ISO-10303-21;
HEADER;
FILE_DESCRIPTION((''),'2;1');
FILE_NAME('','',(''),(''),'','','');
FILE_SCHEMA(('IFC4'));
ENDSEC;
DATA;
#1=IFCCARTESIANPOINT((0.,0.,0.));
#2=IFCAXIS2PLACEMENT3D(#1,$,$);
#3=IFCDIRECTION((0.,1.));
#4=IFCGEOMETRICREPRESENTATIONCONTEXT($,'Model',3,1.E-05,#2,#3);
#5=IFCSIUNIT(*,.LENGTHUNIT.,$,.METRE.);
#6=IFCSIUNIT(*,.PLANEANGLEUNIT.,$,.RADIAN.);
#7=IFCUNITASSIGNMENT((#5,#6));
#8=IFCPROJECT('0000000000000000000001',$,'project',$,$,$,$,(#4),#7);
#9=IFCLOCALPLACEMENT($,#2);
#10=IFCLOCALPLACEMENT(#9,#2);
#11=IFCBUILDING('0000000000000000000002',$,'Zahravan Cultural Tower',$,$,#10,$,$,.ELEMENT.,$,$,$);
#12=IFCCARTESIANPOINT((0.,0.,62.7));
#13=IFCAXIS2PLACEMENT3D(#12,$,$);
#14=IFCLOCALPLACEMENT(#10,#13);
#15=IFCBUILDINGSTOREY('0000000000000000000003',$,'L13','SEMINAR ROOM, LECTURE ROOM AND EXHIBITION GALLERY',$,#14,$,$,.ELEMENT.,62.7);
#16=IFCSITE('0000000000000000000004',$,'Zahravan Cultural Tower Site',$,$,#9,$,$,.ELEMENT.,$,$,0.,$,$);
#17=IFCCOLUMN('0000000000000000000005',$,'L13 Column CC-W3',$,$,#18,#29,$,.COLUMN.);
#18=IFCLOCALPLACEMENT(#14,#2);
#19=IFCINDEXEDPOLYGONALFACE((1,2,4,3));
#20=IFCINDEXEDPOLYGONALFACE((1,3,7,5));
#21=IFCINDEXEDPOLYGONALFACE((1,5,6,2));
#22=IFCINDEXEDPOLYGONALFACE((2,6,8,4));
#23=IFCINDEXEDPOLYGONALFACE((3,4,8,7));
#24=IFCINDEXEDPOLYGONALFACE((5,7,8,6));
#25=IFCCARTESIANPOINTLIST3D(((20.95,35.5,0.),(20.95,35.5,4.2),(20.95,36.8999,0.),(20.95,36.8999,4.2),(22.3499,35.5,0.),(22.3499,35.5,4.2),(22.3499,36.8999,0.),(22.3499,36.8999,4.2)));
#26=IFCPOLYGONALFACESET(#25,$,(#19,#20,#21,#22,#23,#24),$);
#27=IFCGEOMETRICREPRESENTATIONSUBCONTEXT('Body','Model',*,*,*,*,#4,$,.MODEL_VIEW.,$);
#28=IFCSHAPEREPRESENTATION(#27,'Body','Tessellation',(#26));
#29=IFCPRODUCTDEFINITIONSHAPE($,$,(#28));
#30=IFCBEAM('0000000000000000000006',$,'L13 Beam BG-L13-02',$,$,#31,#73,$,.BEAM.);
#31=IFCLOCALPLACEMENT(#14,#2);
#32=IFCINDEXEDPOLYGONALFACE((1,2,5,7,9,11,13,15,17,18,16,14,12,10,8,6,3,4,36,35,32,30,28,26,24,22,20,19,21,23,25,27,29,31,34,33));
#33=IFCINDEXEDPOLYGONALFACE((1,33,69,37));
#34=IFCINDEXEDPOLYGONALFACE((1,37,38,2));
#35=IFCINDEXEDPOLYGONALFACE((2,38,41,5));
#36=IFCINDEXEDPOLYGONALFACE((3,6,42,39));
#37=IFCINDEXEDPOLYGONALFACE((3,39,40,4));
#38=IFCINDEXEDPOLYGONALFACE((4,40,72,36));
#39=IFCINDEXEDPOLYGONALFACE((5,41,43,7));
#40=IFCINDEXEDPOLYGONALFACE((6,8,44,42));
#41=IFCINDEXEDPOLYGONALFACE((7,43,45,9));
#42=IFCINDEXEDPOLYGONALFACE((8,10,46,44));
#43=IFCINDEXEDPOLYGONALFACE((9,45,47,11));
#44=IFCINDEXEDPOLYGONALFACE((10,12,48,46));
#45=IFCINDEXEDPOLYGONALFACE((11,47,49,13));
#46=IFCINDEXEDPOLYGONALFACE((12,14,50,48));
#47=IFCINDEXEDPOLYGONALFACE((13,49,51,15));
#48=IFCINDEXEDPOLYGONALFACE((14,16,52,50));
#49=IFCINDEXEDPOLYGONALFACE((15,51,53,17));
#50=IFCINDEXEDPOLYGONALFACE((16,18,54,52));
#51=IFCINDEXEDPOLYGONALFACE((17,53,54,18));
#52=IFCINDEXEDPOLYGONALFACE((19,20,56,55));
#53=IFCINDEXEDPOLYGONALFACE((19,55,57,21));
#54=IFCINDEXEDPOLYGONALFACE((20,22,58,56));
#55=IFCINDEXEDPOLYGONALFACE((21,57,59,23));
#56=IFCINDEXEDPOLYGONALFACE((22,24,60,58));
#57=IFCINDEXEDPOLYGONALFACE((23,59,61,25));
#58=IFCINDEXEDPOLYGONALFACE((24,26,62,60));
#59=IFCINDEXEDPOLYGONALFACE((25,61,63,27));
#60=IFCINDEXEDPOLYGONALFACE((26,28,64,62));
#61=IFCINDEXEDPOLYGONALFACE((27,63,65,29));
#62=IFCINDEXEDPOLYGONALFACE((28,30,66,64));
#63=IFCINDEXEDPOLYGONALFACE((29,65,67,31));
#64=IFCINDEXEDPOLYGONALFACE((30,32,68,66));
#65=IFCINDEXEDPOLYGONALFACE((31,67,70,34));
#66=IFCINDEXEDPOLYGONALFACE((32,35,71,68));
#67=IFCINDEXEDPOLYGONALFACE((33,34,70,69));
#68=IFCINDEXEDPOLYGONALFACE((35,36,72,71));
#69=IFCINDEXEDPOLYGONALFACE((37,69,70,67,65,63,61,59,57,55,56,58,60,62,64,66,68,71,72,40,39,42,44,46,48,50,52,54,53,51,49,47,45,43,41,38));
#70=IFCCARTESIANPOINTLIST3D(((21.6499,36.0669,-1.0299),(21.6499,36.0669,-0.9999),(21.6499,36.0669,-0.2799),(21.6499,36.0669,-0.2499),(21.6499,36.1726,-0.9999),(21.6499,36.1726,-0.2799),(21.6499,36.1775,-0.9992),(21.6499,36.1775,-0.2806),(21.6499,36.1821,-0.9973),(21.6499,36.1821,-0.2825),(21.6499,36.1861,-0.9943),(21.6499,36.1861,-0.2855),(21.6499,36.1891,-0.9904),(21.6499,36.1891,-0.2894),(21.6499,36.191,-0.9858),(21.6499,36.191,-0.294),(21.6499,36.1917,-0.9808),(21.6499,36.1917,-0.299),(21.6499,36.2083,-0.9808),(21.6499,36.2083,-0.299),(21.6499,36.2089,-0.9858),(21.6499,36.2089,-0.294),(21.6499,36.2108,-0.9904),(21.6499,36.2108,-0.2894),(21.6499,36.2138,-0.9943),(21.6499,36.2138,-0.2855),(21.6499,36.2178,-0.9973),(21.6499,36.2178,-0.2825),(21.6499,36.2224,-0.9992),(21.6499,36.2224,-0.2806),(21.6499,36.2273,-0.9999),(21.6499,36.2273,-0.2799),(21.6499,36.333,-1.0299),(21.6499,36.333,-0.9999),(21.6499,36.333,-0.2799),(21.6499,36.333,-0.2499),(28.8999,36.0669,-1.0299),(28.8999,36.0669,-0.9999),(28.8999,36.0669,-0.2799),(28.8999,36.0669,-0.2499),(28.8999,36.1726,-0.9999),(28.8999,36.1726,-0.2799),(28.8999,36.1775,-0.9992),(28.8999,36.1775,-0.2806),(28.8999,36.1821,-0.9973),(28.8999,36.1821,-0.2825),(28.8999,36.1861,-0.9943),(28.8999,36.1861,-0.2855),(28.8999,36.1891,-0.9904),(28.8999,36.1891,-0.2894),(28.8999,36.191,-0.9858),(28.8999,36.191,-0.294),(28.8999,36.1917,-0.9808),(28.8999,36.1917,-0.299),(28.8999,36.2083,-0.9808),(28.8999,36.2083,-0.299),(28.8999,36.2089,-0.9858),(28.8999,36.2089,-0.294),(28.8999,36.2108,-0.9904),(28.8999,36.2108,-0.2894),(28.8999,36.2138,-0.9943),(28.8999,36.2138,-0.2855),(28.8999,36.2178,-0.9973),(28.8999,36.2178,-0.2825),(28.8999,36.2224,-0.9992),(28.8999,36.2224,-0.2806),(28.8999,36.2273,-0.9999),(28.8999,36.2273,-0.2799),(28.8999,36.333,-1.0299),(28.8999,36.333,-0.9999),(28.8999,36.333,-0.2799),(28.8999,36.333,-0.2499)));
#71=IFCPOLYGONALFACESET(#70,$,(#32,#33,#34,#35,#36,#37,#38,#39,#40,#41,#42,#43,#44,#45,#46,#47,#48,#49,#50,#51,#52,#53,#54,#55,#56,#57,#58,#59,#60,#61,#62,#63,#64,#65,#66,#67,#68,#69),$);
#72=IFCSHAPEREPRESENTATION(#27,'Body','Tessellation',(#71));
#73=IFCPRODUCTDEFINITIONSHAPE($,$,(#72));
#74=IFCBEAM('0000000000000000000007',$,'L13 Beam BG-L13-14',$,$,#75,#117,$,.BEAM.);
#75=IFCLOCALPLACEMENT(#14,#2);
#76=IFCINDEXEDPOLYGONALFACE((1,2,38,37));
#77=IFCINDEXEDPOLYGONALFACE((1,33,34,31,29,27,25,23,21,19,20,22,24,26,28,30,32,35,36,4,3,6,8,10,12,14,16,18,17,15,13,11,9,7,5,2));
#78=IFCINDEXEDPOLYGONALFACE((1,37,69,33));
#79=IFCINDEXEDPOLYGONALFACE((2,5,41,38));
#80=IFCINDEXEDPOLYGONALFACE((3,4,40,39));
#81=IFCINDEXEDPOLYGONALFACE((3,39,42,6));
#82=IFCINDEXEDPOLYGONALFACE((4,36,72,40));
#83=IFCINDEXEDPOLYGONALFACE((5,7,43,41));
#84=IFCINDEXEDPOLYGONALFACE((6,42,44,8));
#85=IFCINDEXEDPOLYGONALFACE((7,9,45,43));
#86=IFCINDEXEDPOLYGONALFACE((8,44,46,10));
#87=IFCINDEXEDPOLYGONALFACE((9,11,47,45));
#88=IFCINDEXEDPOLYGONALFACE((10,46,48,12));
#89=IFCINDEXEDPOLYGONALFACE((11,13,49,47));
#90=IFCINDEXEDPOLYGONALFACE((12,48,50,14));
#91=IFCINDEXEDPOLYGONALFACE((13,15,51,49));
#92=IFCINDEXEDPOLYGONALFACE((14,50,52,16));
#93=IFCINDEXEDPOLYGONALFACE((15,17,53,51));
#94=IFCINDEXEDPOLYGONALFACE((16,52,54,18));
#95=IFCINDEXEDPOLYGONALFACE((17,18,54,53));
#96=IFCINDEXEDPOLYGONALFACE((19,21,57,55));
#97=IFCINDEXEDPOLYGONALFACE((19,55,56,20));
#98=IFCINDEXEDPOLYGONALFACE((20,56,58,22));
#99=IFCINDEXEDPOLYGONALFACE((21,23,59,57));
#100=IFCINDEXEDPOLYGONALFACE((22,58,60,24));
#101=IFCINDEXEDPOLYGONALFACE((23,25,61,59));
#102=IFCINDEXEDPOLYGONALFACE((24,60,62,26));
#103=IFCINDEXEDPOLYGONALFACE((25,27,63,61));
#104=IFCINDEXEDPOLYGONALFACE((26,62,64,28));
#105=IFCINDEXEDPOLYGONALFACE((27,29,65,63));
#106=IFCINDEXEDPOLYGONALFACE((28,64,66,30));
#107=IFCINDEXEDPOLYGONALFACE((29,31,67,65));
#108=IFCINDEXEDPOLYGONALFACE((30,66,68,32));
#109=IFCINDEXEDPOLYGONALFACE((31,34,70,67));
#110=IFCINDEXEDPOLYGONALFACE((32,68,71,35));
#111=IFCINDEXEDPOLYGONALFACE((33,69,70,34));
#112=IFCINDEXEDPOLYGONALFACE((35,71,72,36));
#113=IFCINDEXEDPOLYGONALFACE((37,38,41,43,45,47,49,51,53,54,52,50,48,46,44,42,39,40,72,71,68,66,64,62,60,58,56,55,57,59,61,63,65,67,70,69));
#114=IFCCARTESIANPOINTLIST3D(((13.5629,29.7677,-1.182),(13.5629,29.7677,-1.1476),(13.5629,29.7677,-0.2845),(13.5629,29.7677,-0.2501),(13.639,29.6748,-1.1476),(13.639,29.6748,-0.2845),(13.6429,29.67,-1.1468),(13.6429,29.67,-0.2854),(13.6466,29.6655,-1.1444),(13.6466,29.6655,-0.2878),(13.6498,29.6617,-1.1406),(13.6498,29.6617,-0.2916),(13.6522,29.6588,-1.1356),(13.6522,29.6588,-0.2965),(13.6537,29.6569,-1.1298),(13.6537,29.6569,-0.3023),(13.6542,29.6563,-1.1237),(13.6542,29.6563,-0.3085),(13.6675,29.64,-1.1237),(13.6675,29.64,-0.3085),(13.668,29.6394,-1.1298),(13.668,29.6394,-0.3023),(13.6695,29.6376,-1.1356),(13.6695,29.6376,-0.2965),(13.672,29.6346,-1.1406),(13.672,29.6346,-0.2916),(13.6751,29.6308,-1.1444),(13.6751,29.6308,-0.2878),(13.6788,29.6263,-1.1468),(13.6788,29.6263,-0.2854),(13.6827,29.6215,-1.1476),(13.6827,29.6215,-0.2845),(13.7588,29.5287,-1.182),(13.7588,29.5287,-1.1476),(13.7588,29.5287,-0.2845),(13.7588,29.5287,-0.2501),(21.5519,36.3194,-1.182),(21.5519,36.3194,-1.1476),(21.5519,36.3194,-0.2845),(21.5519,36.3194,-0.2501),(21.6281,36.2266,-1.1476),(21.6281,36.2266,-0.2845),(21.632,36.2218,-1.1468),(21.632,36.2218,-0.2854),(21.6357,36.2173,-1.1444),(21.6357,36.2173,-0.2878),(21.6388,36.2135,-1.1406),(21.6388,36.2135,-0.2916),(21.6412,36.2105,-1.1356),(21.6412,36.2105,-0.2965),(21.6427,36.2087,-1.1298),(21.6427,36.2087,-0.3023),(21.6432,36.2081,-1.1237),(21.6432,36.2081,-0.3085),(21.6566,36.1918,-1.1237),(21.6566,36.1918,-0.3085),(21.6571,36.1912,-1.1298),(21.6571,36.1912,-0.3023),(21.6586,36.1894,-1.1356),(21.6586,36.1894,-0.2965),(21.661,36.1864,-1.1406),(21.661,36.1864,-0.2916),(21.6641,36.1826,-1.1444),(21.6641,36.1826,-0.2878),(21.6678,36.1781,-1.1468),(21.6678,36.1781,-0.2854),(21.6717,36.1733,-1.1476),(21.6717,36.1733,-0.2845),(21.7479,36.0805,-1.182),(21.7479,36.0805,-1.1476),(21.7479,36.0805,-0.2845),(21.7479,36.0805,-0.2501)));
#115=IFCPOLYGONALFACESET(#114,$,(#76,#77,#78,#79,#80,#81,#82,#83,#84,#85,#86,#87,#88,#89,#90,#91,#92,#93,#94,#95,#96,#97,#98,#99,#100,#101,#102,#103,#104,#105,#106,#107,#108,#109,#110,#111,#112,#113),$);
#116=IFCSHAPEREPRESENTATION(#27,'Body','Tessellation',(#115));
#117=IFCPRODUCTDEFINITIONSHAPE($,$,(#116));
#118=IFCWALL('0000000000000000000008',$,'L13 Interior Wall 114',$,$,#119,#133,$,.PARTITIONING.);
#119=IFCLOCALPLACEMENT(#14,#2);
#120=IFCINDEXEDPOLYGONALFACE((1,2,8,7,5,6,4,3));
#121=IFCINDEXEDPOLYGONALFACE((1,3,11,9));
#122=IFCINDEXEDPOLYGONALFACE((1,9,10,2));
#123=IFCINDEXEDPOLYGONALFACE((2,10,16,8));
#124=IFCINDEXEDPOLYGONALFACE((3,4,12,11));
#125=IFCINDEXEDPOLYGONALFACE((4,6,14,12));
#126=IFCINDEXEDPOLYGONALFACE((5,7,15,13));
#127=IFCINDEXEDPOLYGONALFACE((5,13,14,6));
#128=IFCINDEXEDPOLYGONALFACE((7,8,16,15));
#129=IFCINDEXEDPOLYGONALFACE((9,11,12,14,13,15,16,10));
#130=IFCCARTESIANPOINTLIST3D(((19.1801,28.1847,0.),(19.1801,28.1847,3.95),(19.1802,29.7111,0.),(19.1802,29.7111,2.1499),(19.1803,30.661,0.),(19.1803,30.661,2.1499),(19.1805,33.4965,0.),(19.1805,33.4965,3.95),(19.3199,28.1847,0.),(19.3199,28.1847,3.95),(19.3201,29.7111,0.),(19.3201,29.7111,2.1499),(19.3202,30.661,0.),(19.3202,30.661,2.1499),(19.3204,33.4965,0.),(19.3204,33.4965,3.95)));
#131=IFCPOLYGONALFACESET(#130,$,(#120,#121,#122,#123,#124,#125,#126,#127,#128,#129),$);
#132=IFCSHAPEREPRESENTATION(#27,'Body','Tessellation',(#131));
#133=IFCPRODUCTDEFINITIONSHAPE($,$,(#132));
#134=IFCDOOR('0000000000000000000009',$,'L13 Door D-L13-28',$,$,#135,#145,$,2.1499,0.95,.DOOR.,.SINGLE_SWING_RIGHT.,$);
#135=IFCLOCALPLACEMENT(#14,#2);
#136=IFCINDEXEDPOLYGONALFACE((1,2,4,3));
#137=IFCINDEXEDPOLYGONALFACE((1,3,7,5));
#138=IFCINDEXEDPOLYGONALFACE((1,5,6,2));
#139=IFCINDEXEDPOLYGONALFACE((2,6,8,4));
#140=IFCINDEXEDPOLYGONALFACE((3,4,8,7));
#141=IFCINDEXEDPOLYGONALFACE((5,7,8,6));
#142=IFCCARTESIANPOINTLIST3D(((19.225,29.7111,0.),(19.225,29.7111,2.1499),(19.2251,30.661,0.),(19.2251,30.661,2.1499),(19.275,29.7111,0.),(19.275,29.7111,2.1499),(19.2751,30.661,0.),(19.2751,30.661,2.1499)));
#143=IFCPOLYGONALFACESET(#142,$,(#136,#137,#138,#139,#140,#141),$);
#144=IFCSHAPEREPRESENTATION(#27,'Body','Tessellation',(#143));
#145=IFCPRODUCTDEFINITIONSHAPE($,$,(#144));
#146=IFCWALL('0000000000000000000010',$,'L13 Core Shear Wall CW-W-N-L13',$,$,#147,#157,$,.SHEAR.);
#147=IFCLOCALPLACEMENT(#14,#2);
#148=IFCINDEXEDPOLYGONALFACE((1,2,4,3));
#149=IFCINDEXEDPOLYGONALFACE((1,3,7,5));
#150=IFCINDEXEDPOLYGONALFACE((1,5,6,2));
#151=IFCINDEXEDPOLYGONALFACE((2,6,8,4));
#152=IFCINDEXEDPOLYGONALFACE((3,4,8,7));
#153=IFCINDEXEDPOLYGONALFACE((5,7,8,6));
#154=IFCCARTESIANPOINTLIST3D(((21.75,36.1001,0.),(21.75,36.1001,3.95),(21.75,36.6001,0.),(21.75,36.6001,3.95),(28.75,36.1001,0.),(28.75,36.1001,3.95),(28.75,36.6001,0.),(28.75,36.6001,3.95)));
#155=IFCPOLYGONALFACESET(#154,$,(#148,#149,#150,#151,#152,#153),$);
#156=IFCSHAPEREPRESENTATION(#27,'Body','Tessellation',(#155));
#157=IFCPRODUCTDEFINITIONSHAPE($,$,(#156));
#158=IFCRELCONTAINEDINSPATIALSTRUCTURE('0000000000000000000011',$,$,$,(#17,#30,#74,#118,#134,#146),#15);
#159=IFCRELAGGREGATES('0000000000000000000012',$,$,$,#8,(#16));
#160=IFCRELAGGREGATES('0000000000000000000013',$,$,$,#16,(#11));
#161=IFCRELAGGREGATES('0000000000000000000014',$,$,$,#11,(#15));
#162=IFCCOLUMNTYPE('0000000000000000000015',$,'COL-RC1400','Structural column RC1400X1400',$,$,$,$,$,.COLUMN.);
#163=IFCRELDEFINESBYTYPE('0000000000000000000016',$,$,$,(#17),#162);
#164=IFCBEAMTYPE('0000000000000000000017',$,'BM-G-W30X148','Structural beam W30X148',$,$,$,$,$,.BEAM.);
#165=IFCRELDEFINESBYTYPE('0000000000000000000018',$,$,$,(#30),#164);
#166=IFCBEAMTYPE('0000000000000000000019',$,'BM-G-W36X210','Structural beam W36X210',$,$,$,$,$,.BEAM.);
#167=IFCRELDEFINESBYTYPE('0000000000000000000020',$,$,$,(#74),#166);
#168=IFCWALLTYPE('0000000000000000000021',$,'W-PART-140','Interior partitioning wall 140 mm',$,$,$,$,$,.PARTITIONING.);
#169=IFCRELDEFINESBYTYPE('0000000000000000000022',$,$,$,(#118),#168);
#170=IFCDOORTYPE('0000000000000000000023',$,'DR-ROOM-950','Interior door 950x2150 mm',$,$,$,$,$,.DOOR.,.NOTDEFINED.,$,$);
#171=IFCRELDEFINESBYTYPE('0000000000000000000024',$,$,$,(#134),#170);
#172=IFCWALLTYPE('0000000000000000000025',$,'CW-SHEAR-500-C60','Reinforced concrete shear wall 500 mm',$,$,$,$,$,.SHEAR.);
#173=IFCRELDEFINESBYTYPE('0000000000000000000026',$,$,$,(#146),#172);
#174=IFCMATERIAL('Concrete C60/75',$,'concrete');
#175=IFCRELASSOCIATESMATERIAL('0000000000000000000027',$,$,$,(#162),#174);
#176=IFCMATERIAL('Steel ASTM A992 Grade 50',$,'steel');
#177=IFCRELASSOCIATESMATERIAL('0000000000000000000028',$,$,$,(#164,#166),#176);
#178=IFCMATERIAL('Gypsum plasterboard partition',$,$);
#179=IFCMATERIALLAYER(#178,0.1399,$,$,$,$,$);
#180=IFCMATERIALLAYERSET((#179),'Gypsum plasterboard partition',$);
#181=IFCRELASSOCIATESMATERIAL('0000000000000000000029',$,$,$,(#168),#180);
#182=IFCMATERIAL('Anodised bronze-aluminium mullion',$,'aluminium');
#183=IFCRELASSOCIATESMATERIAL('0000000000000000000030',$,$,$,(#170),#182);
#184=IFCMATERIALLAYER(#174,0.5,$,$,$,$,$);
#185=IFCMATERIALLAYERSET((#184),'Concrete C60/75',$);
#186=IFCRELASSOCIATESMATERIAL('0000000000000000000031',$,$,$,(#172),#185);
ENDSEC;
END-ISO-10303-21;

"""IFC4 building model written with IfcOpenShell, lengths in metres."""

from ifc_helpers import new_model, si_unit, direction, frame, frame_2d, origin, origin_2d, place, context, subcontext, project, spatial, rectangle, i_section, extrude, source, transform, mapped, material, layer, layer_set, material_profile, profile_set, type_object, element, fill, save


model = new_model("IFC4")

# Units and contexts
model_context = context("Model", 3, precision=1e-05, world=origin(), true_north=direction((0.0, 1.0)))
body_context = subcontext(model_context, "Body", "Model", "MODEL_VIEW")
ifc_project = project(units=[si_unit("LENGTHUNIT", "METRE"), si_unit("PLANEANGLEUNIT", "RADIAN")], contexts=[model_context])

# Site, building, storey
site_placement = place(None, origin())
site = spatial("IfcSite", under=ifc_project, at=site_placement, Name="Zahravan Cultural Tower Site", CompositionType="ELEMENT", RefElevation=0.0)
building_placement = place(site_placement, origin())
building = spatial("IfcBuilding", under=site, at=building_placement, Name="Zahravan Cultural Tower", CompositionType="ELEMENT")
storey_placement = place(building_placement, frame((0.0, 0.0, 62.7)))
storey = spatial("IfcBuildingStorey", under=building, at=storey_placement, Name="L13", Description="SEMINAR ROOM, LECTURE ROOM AND EXHIBITION GALLERY", CompositionType="ELEMENT", Elevation=62.7)

# Column
ifc_material_1 = material(Name="Concrete C60/75", Category="concrete")
ifc_material_profile_1 = material_profile(ifc_material_1, rectangle(XDim=1.3999, YDim=1.3999, at=origin_2d()), Name="RC1400X1400")
ifc_profile_set_1 = profile_set([ifc_material_profile_1], Name="Concrete C60/75")
column_type = type_object("IfcColumnType", Name="COL-RC1400", Description="Structural column RC1400X1400", PredefinedType="COLUMN", material=ifc_profile_set_1)
shared_shape_1 = source(origin(), body_context, "Body", "SweptSolid", [
    extrude(rectangle(XDim=1.3999, YDim=1.3999, at=origin_2d()), origin(), (0.0, 0.0, 1.0), 4.2),
])
column_placement = place(storey_placement, frame((21.6499, 36.2, 0.0), z_axis=(0.0, 0.0, 1.0), x_axis=(1.0, 0.0, 0.0)))
element("IfcColumn", 1, at=column_placement, inside=storey, type_object=column_type, Name="L13 Column CC-W3", PredefinedType="COLUMN", context=body_context, shape_type="MappedRepresentation", body=[
    mapped(shared_shape_1, transform((0.0, 0.0, 0.0), x_axis=(1.0, 0.0, 0.0), y_axis=(0.0, 1.0, 0.0), z_axis=(0.0, 0.0, 1.0), scale=1.0)),
])

# Beams
ifc_material_2 = material(Name="Steel ASTM A992 Grade 50", Category="steel")
ifc_material_profile_2 = material_profile(ifc_material_2, i_section(OverallWidth=0.2661, OverallDepth=0.78, WebThickness=0.0166, FlangeThickness=0.03, FilletRadius=0.019, at=origin_2d()), Name="W30X148")
ifc_profile_set_2 = profile_set([ifc_material_profile_2], Name="Steel ASTM A992 Grade 50")
beam_type_1 = type_object("IfcBeamType", Name="BM-G-W30X148", Description="Structural beam W30X148", PredefinedType="BEAM", material=ifc_profile_set_2)
shared_shape_2 = source(origin(), body_context, "Body", "SweptSolid", [
    extrude(i_section(OverallWidth=0.2661, OverallDepth=0.78, WebThickness=0.0166, FlangeThickness=0.03, FilletRadius=0.019, at=origin_2d()), origin(), (0.0, 0.0, 1.0), 7.25),
])
beam_1_placement = place(storey_placement, frame((21.6499, 36.2, -0.6399), z_axis=(1.0, 0.0, 0.0), x_axis=(0.0, 1.0, 0.0)))
element("IfcBeam", 2, at=beam_1_placement, inside=storey, type_object=beam_type_1, Name="L13 Beam BG-L13-02", PredefinedType="BEAM", context=body_context, shape_type="MappedRepresentation", body=[
    mapped(shared_shape_2, transform((0.0, 0.0, 0.0), x_axis=(1.0, 0.0, 0.0), y_axis=(0.0, 1.0, 0.0), z_axis=(0.0, 0.0, 1.0), scale=1.0)),
])
ifc_material_profile_3 = material_profile(ifc_material_2, i_section(OverallWidth=0.3091, OverallDepth=0.9319, WebThickness=0.021, FlangeThickness=0.0344, FilletRadius=0.0239, at=origin_2d()), Name="W36X210")
ifc_profile_set_3 = profile_set([ifc_material_profile_3], Name="Steel ASTM A992 Grade 50")
beam_type_2 = type_object("IfcBeamType", Name="BM-G-W36X210", Description="Structural beam W36X210", PredefinedType="BEAM", material=ifc_profile_set_3)
shared_shape_3 = source(origin(), body_context, "Body", "SweptSolid", [
    extrude(i_section(OverallWidth=0.3091, OverallDepth=0.9319, WebThickness=0.021, FlangeThickness=0.0344, FilletRadius=0.0239, at=origin_2d()), origin(), (0.0, 0.0, 1.0), 10.332),
])
beam_2_placement = place(storey_placement, frame((21.6499, 36.2, -0.7161), z_axis=(-0.773231, -0.634124, 0.0), x_axis=(0.634124, -0.773231, 0.0)))
element("IfcBeam", 3, at=beam_2_placement, inside=storey, type_object=beam_type_2, Name="L13 Beam BG-L13-14", PredefinedType="BEAM", context=body_context, shape_type="MappedRepresentation", body=[
    mapped(shared_shape_3, transform((0.0, 0.0, 0.0), x_axis=(1.0, 0.0, 0.0), y_axis=(0.0, 1.0, 0.0), z_axis=(0.0, 0.0, 1.0), scale=1.0)),
])

# Wall, opening, door
ifc_material_3 = material(Name="Gypsum plasterboard partition")
ifc_layer_1 = layer(ifc_material_3, 0.1399)
ifc_layer_set_1 = layer_set([ifc_layer_1], Name="Gypsum plasterboard partition")
wall_type_1 = type_object("IfcWallType", Name="W-PART-140", Description="Interior partitioning wall 140 mm", PredefinedType="PARTITIONING", material=ifc_layer_set_1)
wall_1_placement = place(storey_placement, frame((19.2505, 33.4963, 0.0), z_axis=(0.0, 0.0, 1.0), x_axis=(-0.000092, -1.0, 0.0)))
wall_1 = element("IfcWall", 4, at=wall_1_placement, inside=storey, type_object=wall_type_1, Name="L13 Interior Wall 114", PredefinedType="PARTITIONING", context=body_context, shape_type="SweptSolid", body=[
    extrude(rectangle(XDim=5.3118, YDim=0.1399, at=frame_2d((2.6558, 0.0))), origin(), (0.0, 0.0, 1.0), 3.95),
])
opening_1_placement = place(wall_1_placement, frame((2.8352, 0.0, 0.0)))
opening_1 = element("IfcOpeningElement", 5, at=opening_1_placement, cuts=wall_1, PredefinedType="OPENING", context=body_context, shape_type="SweptSolid", body=[
    extrude(rectangle(XDim=0.95, YDim=2.1499, at=frame_2d((0.4751, 1.075))), frame((0.0, 0.0798, 0.0), z_axis=(0.0, -1.0, 0.0), x_axis=(1.0, 0.0, 0.0)), (0.0, 0.0, 1.0), 0.1599),
])
ifc_material_4 = material(Name="Anodised bronze-aluminium mullion", Category="aluminium")
door_type_1 = type_object("IfcDoorType", Name="DR-ROOM-950", Description="Interior door 950x2150 mm", OperationType="NOTDEFINED", PredefinedType="DOOR", material=ifc_material_4)
shared_shape_4 = source(origin(), body_context, "Body", "SweptSolid", [
    extrude(rectangle(XDim=0.95, YDim=2.1499, at=frame_2d((0.4751, 1.075))), frame((0.0, 0.0249, 0.0), z_axis=(0.0, -1.0, 0.0), x_axis=(1.0, 0.0, 0.0)), (0.0, 0.0, 1.0), 0.05),
])
door_1_placement = place(opening_1_placement, origin())
door_1 = element("IfcDoor", 6, at=door_1_placement, inside=storey, type_object=door_type_1, Name="L13 Door D-L13-28", OperationType="SINGLE_SWING_RIGHT", OverallHeight=2.1499, OverallWidth=0.95, PredefinedType="DOOR", context=body_context, shape_type="MappedRepresentation", body=[
    mapped(shared_shape_4, transform((0.0, 0.0, 0.0), x_axis=(1.0, 0.0, 0.0), y_axis=(0.0, 1.0, 0.0), z_axis=(0.0, 0.0, 1.0), scale=1.0)),
])
fill(opening_1, door_1)

# Wall
ifc_layer_2 = layer(ifc_material_1, 0.5)
ifc_layer_set_2 = layer_set([ifc_layer_2], Name="Concrete C60/75")
wall_type_2 = type_object("IfcWallType", Name="CW-SHEAR-500-C60", Description="Reinforced concrete shear wall 500 mm", PredefinedType="SHEAR", material=ifc_layer_set_2)
shared_shape_5 = source(origin(), body_context, "Body", "SweptSolid", [
    extrude(rectangle(XDim=7.0, YDim=0.5, at=frame_2d((3.5, 0.0))), origin(), (0.0, 0.0, 1.0), 3.95),
])
wall_2_placement = place(storey_placement, frame((21.75, 36.3501, 0.0), z_axis=(0.0, 0.0, 1.0), x_axis=(1.0, 0.0, 0.0)))
element("IfcWall", 7, at=wall_2_placement, inside=storey, type_object=wall_type_2, Name="L13 Core Shear Wall CW-W-N-L13", PredefinedType="SHEAR", context=body_context, shape_type="MappedRepresentation", body=[
    mapped(shared_shape_5, transform((0.0, 0.0, 0.0), x_axis=(1.0, 0.0, 0.0), y_axis=(0.0, 1.0, 0.0), z_axis=(0.0, 0.0, 1.0), scale=1.0)),
])

save(model, "model.ifc")
